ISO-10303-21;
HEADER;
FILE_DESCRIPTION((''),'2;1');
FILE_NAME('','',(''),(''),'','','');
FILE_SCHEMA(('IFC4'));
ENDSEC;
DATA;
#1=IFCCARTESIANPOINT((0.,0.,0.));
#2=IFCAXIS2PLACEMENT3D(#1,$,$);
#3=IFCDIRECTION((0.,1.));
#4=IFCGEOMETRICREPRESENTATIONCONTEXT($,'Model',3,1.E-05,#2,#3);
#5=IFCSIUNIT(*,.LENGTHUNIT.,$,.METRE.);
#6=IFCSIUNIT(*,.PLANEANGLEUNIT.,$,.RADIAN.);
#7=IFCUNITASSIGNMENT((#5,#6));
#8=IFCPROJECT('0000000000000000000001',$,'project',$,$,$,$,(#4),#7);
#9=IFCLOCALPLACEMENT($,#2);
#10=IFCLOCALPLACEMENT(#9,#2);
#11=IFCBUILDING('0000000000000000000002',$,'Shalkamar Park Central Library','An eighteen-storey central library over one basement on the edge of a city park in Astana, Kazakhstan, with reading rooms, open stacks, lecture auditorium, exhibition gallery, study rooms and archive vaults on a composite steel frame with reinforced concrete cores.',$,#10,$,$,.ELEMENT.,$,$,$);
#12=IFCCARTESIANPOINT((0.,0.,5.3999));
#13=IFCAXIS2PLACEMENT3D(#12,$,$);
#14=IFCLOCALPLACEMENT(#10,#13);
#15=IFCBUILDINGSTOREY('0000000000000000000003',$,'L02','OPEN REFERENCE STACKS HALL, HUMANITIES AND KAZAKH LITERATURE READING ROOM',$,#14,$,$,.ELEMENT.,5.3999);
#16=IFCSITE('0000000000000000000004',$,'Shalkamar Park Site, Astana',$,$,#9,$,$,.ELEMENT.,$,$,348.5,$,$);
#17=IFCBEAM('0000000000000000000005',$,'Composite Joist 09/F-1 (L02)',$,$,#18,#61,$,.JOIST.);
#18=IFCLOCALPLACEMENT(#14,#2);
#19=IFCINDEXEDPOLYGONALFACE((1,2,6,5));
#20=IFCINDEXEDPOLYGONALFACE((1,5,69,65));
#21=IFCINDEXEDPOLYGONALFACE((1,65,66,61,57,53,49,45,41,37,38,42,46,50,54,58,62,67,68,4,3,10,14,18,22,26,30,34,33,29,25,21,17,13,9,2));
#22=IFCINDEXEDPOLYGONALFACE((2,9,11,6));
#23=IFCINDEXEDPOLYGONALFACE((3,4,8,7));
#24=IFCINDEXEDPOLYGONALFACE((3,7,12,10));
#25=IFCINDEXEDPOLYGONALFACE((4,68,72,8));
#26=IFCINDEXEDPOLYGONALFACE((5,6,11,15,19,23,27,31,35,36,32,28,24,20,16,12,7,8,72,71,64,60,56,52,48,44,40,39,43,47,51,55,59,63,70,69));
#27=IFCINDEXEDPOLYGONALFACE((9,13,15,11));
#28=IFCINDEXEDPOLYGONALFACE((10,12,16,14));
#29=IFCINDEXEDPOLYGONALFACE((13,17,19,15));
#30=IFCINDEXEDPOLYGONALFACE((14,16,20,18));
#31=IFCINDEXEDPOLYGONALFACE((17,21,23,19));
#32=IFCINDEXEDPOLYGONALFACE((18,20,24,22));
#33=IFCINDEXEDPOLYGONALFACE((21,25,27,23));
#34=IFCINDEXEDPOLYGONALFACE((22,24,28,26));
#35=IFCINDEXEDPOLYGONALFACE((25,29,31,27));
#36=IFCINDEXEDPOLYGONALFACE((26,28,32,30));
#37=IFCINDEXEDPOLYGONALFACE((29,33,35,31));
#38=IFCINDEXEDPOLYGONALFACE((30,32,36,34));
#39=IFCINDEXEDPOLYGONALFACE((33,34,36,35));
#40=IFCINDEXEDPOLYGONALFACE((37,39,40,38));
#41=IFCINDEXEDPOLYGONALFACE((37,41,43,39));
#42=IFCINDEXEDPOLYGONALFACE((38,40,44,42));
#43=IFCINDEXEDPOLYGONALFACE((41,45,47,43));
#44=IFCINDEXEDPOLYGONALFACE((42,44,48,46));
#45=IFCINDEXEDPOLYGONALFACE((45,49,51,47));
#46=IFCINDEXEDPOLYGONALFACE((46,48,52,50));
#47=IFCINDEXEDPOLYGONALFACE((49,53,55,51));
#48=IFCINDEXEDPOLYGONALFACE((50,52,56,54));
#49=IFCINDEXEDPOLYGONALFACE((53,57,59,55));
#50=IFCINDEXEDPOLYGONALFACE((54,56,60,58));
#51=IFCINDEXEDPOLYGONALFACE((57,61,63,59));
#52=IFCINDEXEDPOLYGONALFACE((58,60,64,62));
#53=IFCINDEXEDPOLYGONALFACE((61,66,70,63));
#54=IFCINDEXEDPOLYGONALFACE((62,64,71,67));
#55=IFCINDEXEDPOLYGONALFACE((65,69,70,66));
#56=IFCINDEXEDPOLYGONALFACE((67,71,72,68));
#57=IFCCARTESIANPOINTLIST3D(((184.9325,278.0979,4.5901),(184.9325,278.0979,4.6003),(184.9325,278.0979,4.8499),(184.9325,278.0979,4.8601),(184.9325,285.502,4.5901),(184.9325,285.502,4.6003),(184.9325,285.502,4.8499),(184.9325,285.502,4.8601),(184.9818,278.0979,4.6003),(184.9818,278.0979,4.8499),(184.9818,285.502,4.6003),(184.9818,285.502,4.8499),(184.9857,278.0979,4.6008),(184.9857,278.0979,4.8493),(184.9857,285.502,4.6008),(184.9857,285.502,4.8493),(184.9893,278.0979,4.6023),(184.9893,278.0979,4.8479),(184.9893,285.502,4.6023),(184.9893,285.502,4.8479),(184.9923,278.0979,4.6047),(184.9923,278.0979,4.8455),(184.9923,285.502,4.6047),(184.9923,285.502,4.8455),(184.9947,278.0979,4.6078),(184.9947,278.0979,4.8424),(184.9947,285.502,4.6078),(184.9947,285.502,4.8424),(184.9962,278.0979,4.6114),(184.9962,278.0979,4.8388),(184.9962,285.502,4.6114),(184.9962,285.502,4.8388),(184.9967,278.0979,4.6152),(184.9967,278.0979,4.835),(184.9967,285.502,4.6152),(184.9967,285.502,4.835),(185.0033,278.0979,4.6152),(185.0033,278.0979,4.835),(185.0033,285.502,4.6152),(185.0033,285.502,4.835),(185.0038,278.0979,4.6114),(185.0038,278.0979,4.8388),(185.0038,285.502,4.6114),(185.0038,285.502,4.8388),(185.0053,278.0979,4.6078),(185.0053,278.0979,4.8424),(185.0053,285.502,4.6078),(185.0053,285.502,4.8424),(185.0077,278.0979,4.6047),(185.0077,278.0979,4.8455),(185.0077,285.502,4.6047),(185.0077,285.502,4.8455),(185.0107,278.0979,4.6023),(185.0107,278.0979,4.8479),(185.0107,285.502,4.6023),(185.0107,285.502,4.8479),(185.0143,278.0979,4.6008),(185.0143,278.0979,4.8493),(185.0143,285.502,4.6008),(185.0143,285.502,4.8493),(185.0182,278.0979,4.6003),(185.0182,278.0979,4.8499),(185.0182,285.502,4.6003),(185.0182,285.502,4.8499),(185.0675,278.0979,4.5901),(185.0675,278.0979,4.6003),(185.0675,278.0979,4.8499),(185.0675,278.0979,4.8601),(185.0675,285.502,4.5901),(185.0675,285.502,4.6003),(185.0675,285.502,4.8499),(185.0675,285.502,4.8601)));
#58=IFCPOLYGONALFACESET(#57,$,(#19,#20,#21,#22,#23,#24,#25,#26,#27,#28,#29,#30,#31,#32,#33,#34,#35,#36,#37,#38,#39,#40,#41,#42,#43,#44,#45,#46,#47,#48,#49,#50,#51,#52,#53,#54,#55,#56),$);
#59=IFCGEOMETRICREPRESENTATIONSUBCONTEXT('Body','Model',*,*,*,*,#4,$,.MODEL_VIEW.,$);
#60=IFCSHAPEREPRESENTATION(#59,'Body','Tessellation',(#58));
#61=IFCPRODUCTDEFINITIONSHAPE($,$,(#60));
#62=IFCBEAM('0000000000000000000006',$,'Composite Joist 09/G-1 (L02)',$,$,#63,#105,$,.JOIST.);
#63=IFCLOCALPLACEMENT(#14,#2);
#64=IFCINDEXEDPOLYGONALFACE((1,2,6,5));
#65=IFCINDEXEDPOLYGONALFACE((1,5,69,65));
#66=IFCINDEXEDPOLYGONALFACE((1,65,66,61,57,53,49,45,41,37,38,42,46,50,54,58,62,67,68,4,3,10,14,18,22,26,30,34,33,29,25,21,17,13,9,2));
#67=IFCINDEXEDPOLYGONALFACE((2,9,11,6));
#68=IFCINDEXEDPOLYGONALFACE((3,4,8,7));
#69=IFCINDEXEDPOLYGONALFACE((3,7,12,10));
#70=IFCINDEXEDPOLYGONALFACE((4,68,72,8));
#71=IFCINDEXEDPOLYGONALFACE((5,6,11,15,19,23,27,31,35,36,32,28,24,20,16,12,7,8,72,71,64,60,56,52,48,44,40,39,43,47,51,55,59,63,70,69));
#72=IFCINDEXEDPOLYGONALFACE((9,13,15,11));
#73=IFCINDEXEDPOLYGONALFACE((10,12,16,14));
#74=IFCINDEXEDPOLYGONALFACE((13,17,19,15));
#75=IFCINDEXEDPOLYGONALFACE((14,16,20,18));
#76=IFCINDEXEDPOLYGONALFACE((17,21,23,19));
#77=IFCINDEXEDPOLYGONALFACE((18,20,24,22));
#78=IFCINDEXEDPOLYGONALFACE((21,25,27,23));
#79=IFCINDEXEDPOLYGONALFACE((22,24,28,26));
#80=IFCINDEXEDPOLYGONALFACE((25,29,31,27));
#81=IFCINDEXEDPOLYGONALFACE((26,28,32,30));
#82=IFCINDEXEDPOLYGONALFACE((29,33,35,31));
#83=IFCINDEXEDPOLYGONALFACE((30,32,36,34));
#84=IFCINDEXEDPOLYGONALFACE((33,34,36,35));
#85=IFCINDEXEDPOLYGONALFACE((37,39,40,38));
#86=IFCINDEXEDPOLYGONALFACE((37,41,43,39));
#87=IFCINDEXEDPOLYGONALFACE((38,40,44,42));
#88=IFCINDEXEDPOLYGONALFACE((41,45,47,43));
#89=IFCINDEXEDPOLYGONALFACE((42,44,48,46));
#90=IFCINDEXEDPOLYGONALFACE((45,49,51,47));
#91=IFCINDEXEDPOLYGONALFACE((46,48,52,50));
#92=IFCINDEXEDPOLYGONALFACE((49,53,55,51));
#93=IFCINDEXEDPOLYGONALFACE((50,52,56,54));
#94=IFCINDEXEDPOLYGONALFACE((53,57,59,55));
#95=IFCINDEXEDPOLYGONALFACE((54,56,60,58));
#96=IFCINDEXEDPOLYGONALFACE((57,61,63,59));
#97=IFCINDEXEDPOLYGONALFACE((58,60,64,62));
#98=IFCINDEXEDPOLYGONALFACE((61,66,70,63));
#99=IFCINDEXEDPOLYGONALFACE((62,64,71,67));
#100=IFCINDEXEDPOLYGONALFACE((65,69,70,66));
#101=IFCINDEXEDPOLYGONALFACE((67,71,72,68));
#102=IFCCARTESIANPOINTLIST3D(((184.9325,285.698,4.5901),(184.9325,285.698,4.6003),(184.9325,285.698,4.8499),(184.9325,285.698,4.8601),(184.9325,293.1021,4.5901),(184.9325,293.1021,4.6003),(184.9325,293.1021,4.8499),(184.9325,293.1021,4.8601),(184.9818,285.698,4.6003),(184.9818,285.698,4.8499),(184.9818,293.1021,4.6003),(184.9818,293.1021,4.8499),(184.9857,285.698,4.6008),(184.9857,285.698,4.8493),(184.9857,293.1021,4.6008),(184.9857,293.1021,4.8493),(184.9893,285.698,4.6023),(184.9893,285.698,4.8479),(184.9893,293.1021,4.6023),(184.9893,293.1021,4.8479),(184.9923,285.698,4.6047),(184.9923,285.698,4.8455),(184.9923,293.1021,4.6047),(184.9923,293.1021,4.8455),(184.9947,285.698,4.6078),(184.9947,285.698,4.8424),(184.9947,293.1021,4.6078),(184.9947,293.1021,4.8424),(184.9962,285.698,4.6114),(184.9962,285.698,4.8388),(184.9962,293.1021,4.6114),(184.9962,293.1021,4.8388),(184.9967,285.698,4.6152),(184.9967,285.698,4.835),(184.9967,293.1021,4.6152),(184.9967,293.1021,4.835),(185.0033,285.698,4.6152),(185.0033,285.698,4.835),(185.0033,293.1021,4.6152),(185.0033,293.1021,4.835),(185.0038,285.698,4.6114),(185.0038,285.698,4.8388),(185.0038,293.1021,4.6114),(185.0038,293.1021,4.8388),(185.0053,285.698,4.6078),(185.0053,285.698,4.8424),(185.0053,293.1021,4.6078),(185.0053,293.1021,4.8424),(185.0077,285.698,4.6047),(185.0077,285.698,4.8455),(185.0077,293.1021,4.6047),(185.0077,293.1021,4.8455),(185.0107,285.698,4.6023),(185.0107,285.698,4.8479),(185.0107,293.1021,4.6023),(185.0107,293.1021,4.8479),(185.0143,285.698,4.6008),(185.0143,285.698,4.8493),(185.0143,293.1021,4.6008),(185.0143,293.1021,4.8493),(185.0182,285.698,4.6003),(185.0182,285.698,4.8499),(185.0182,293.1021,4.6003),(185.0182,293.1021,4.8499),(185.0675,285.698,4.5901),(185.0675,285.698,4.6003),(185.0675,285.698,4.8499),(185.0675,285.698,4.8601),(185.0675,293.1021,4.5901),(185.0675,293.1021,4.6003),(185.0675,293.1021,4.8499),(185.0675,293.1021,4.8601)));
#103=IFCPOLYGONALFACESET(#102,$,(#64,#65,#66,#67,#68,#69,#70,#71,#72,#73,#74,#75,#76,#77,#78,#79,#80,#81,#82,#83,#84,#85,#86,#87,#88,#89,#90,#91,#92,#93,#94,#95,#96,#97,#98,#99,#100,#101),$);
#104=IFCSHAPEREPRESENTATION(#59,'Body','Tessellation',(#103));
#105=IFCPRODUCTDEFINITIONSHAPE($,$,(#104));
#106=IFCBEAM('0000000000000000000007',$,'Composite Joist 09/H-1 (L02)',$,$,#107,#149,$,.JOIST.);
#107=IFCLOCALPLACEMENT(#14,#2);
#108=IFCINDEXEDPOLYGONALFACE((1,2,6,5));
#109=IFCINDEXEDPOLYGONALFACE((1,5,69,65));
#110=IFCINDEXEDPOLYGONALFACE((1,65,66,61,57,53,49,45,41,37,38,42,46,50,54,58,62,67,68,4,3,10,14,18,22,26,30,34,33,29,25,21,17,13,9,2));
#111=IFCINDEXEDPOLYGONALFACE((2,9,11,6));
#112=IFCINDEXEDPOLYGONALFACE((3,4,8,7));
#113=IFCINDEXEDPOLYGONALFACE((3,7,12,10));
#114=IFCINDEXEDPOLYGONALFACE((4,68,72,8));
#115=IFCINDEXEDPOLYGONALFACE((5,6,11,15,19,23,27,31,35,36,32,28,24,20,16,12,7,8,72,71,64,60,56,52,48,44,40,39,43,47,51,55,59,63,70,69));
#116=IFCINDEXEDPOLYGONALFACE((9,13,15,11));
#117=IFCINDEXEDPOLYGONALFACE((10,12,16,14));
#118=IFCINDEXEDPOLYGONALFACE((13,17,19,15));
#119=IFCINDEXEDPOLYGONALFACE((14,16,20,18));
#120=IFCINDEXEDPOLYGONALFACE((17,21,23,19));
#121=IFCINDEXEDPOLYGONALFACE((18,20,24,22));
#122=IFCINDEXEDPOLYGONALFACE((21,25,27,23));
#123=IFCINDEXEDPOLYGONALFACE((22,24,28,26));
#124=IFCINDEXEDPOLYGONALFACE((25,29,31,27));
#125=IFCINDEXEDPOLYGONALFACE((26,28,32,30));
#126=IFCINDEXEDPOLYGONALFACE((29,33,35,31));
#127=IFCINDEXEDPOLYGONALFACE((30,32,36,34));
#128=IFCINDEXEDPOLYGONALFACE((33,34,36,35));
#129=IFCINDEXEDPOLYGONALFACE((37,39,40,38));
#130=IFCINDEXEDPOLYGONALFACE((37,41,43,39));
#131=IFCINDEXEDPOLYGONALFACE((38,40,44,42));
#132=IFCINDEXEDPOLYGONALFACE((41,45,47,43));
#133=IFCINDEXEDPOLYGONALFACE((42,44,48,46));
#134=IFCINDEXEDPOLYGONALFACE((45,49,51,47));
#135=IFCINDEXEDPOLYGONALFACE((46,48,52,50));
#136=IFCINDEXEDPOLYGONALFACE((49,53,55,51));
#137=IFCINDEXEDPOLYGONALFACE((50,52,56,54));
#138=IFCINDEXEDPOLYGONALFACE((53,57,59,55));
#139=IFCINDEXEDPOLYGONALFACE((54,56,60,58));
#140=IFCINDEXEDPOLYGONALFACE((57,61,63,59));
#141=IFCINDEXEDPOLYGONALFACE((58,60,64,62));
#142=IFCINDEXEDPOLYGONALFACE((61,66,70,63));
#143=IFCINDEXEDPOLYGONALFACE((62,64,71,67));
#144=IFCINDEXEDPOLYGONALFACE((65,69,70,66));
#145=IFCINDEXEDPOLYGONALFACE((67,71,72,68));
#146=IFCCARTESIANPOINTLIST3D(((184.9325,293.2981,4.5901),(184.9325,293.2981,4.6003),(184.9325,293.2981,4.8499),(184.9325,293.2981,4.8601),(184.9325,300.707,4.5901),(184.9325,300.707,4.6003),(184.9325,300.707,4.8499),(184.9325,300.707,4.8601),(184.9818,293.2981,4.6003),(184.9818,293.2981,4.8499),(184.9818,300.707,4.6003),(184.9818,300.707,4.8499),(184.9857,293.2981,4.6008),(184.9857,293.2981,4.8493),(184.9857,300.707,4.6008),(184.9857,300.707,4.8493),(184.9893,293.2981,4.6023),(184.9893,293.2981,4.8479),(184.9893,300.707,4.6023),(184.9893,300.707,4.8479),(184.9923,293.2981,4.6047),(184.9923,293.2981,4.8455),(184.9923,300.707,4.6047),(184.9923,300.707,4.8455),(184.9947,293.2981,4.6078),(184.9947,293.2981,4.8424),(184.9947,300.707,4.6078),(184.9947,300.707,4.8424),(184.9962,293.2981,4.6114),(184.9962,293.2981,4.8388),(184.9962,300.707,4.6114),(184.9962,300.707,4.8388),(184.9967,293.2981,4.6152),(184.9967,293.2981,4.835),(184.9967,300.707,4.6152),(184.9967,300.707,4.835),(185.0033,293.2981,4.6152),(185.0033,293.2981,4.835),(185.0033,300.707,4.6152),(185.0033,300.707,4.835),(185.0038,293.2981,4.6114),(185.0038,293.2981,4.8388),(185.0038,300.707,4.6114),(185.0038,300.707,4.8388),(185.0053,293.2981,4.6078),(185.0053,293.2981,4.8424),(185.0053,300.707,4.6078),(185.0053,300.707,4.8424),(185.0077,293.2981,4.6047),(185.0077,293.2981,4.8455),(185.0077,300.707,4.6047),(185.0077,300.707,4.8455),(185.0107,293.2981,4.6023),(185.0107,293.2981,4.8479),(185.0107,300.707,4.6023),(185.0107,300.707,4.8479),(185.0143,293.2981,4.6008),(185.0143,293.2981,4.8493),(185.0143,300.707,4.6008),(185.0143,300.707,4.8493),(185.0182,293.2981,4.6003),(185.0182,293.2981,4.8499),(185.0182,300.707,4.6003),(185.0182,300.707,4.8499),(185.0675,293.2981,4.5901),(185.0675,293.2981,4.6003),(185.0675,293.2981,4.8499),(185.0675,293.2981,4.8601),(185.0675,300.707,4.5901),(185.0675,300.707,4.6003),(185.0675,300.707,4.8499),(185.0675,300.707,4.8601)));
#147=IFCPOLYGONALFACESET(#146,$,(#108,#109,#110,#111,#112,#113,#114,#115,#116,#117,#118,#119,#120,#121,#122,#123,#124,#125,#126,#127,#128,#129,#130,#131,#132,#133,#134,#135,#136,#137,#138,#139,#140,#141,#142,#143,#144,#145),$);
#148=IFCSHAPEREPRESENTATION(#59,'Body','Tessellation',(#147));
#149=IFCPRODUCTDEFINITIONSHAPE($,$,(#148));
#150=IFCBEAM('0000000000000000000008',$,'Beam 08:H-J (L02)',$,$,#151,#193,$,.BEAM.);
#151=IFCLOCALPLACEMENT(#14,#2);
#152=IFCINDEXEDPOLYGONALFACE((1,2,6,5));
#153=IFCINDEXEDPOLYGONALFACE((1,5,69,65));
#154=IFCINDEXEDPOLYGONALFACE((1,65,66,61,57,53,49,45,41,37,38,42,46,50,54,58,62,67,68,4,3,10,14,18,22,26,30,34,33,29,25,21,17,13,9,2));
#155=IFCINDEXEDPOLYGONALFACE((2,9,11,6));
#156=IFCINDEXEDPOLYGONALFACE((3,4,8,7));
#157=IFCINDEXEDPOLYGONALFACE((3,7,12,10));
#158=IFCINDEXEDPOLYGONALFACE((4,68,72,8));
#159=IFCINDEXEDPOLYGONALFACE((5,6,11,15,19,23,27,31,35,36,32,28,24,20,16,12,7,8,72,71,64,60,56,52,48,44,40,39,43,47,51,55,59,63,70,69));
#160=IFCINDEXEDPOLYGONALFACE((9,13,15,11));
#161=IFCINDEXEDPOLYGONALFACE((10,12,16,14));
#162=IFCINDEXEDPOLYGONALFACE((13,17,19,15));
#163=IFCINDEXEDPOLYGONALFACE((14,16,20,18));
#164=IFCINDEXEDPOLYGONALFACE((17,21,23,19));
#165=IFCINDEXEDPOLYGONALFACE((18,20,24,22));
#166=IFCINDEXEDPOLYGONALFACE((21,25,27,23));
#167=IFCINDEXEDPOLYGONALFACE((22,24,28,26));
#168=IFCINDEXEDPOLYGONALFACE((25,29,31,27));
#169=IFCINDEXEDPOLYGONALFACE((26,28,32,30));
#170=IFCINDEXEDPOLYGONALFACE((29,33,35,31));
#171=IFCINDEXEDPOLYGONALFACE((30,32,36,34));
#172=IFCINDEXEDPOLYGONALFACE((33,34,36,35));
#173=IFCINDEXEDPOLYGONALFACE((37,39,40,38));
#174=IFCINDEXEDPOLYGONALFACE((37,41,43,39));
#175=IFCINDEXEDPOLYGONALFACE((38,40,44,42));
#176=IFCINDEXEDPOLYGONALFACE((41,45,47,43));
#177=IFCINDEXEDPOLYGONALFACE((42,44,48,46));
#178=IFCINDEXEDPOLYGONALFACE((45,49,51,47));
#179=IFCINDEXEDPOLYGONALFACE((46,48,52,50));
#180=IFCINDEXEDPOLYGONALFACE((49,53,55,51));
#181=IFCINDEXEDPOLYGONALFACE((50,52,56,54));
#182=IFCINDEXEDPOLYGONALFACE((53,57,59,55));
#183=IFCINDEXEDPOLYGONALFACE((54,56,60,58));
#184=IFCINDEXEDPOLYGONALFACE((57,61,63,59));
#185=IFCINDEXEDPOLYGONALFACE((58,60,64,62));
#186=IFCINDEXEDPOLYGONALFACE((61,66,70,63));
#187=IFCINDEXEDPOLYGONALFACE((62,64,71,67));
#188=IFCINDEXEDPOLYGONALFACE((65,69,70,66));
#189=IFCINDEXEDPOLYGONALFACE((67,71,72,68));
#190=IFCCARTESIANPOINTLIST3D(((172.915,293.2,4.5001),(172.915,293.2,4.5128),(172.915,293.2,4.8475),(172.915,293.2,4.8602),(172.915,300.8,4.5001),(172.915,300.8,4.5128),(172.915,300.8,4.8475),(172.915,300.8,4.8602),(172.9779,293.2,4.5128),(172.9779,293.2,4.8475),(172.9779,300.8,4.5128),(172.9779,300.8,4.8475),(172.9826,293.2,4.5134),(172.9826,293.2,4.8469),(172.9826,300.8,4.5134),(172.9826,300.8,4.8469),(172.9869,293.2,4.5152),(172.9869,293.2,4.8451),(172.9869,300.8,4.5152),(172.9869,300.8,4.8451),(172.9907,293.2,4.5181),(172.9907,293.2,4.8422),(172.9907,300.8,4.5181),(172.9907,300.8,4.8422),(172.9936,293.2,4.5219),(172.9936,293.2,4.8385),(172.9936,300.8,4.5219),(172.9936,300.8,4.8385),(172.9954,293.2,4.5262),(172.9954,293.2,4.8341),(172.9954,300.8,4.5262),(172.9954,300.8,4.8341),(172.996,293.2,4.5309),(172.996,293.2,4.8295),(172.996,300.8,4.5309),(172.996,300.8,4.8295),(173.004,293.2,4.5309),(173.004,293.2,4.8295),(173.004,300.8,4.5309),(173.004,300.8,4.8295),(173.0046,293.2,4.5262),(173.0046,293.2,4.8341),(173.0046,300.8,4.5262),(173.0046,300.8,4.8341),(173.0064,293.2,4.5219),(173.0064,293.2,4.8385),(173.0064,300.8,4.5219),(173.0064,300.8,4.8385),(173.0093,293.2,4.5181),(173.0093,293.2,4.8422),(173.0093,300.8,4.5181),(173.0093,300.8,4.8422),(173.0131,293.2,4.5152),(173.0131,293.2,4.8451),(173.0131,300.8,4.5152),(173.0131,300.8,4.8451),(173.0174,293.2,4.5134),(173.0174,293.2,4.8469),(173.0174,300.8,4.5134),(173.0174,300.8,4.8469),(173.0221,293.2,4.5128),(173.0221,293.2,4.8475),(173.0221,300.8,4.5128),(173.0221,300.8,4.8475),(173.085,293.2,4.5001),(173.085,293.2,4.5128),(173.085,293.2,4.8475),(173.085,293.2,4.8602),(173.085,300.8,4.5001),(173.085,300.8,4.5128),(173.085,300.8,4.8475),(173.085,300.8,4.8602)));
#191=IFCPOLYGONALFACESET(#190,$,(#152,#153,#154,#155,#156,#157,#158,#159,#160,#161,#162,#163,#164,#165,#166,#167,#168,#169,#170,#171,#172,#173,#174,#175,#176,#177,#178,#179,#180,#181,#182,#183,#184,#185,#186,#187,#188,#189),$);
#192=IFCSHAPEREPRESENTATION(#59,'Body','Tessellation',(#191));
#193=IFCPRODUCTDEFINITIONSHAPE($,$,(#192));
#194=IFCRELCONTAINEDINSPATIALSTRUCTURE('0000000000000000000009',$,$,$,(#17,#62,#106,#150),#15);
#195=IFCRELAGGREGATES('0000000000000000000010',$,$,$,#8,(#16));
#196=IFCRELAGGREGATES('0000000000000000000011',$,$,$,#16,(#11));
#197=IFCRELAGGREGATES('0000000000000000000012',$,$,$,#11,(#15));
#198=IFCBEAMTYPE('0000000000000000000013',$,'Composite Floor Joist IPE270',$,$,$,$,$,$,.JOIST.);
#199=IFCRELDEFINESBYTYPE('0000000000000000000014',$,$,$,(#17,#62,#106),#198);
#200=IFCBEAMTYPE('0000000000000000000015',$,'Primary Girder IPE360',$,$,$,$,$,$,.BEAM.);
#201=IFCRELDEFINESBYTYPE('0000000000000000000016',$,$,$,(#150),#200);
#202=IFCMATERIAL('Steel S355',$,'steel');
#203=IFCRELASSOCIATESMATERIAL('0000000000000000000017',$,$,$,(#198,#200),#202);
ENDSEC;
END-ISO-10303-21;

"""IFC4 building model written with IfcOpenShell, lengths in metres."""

from ifc_helpers import new_model, si_unit, direction, frame, origin, origin_2d, place, context, subcontext, project, spatial, i_section, extrude, material, material_profile, profile_set, type_object, element, save


model = new_model("IFC4")

# Units and contexts
model_context = context("Model", 3, precision=1e-05, world=origin(), true_north=direction((0.0, 1.0)))
body_context = subcontext(model_context, "Body", "Model", "MODEL_VIEW")
ifc_project = project(units=[si_unit("LENGTHUNIT", "METRE"), si_unit("PLANEANGLEUNIT", "RADIAN")], contexts=[model_context])

# Site, building, storey
site_placement = place(None, origin())
site = spatial("IfcSite", under=ifc_project, at=site_placement, Name="Shalkamar Park Site, Astana", CompositionType="ELEMENT", RefElevation=348.5)
building_placement = place(site_placement, origin())
building = spatial("IfcBuilding", under=site, at=building_placement, Name="Shalkamar Park Central Library", Description="An eighteen-storey central library over one basement on the edge of a city park in Astana, Kazakhstan, with reading rooms, open stacks, lecture auditorium, exhibition gallery, study rooms and archive vaults on a composite steel frame with reinforced concrete cores.", CompositionType="ELEMENT")
storey_placement = place(building_placement, frame((0.0, 0.0, 5.3999)))
storey = spatial("IfcBuildingStorey", under=building, at=storey_placement, Name="L02", Description="OPEN REFERENCE STACKS HALL, HUMANITIES AND KAZAKH LITERATURE READING ROOM", CompositionType="ELEMENT", Elevation=5.3999)

# Shared definitions
ifc_material = material(Name="Steel S355", Category="steel")

# Beams
ifc_material_profile_1 = material_profile(ifc_material, i_section(OverallWidth=0.135, OverallDepth=0.27, WebThickness=0.0066, FlangeThickness=0.0103, FilletRadius=0.0149, at=origin_2d()), Name="IPE 270")
ifc_profile_set_1 = profile_set([ifc_material_profile_1], Name="Steel S355")
beam_type_1 = type_object("IfcBeamType", Name="Composite Floor Joist IPE270", PredefinedType="JOIST", material=ifc_profile_set_1)
for number, where, z_axis, x_axis, name in (
    (1, (185.0, 278.0979, 4.7251), (0.0, 1.0, 0.0), (-1.0, 0.0, 0.0), "Composite Joist 09/F-1 (L02)"),
    (2, (185.0, 285.698, 4.7251), (0.0, 1.0, 0.0), (-1.0, 0.0, 0.0), "Composite Joist 09/G-1 (L02)"),
):
    element("IfcBeam", number, at=place(storey_placement, frame(where, z_axis=z_axis, x_axis=x_axis)), inside=storey, type_object=beam_type_1, Name=name, PredefinedType="JOIST", context=body_context, shape_type="SweptSolid", body=[
        extrude(i_section(OverallWidth=0.135, OverallDepth=0.27, WebThickness=0.0066, FlangeThickness=0.0103, FilletRadius=0.0149, at=origin_2d()), origin(), (0.0, 0.0, 1.0), 7.4041),
    ])
beam_1_placement = place(storey_placement, frame((185.0, 293.2981, 4.7251), z_axis=(0.0, 1.0, 0.0), x_axis=(-1.0, 0.0, 0.0)))
element("IfcBeam", 3, at=beam_1_placement, inside=storey, type_object=beam_type_1, Name="Composite Joist 09/H-1 (L02)", PredefinedType="JOIST", context=body_context, shape_type="SweptSolid", body=[
    extrude(i_section(OverallWidth=0.135, OverallDepth=0.27, WebThickness=0.0066, FlangeThickness=0.0103, FilletRadius=0.0149, at=origin_2d()), origin(), (0.0, 0.0, 1.0), 7.4089),
])
ifc_material_profile_2 = material_profile(ifc_material, i_section(OverallWidth=0.1699, OverallDepth=0.3601, WebThickness=0.0081, FlangeThickness=0.0127, FilletRadius=0.0181, at=origin_2d()), Name="IPE 360")
ifc_profile_set_2 = profile_set([ifc_material_profile_2], Name="Steel S355")
beam_type_2 = type_object("IfcBeamType", Name="Primary Girder IPE360", PredefinedType="BEAM", material=ifc_profile_set_2)
for number, where, z_axis, x_axis, name in (
    (4, (173.0, 293.2, 4.6802), (0.0, 1.0, 0.0), (-1.0, 0.0, 0.0), "Beam 08:H-J (L02)"),
):
    element("IfcBeam", number, at=place(storey_placement, frame(where, z_axis=z_axis, x_axis=x_axis)), inside=storey, type_object=beam_type_2, Name=name, PredefinedType="BEAM", context=body_context, shape_type="SweptSolid", body=[
        extrude(i_section(OverallWidth=0.1699, OverallDepth=0.3601, WebThickness=0.0081, FlangeThickness=0.0127, FilletRadius=0.0181, at=origin_2d()), origin(), (0.0, 0.0, 1.0), 7.6001),
    ])

save(model, "model.ifc")
